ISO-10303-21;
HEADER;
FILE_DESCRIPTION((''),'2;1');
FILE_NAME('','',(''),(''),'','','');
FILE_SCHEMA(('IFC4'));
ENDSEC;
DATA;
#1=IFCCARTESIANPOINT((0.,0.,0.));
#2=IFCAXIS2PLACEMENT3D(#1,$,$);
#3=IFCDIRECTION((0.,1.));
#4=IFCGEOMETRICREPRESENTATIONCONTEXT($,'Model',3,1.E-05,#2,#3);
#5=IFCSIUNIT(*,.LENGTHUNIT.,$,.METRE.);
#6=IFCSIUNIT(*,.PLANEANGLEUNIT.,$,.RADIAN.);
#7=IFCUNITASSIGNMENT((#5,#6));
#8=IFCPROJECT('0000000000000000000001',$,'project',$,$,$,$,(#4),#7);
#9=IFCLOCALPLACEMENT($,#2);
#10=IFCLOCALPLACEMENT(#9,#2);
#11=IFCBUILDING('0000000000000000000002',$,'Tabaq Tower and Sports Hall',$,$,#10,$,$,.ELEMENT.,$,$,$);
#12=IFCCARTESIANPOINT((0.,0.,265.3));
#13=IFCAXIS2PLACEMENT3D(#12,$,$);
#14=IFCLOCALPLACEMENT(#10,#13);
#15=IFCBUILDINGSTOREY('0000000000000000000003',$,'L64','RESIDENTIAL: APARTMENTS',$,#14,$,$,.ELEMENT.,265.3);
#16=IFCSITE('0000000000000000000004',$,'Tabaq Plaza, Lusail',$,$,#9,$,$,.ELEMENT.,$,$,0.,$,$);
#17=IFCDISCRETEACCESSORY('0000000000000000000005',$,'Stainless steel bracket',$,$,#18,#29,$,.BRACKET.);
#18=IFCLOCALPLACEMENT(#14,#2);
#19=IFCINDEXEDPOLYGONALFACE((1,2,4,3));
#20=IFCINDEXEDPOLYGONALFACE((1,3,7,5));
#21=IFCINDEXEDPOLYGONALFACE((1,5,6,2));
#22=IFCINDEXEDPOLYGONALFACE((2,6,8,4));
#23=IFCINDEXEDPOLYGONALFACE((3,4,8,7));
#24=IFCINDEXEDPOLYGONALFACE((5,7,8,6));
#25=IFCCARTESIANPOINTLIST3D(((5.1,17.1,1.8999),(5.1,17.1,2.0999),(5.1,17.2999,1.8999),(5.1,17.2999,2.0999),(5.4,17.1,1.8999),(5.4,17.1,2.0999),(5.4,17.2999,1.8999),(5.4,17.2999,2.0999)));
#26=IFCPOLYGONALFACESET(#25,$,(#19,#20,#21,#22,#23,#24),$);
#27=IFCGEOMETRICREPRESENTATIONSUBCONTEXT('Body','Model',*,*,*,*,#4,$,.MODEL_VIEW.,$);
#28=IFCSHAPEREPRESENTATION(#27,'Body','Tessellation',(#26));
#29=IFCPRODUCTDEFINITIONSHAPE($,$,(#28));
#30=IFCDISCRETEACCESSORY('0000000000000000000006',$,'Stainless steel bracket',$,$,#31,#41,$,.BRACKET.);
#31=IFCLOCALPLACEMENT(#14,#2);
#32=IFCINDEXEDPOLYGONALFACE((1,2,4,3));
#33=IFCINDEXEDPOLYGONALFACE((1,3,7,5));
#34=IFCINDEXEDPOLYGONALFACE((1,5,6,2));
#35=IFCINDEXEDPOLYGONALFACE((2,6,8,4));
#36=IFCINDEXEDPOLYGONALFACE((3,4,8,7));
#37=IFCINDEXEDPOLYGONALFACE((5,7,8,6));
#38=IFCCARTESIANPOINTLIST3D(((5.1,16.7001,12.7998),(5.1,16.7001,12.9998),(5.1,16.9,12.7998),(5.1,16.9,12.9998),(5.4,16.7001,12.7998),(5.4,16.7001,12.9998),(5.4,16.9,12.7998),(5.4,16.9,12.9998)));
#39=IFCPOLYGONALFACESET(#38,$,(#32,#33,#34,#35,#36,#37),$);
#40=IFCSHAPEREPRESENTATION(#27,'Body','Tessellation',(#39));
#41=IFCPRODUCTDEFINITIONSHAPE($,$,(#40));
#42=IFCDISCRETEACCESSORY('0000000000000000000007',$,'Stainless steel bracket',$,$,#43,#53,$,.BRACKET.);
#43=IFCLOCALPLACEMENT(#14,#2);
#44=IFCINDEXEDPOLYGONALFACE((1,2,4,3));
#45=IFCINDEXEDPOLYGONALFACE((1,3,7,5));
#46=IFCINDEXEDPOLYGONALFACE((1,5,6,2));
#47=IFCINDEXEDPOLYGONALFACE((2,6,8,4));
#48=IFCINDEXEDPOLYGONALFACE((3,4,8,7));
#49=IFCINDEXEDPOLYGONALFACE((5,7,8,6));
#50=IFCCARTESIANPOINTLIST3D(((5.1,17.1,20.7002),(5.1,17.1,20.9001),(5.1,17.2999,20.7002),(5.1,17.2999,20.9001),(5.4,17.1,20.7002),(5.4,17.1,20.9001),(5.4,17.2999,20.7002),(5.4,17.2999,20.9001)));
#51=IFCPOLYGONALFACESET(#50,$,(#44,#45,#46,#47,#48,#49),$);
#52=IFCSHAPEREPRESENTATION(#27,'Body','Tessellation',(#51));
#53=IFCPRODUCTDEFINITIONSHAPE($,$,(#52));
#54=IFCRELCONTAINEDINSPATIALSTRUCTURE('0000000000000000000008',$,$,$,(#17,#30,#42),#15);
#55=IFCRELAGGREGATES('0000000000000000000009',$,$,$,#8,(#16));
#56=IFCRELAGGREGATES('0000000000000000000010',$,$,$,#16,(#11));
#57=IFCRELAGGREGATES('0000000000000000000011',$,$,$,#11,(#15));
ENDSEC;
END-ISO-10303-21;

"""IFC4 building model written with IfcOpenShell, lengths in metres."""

from ifc_helpers import new_model, si_unit, direction, frame, origin, origin_2d, place, context, subcontext, project, spatial, rectangle, extrude, element, save


model = new_model("IFC4")

# Units and contexts
model_context = context("Model", 3, precision=1e-05, world=origin(), true_north=direction((0.0, 1.0)))
body_context = subcontext(model_context, "Body", "Model", "MODEL_VIEW")
ifc_project = project(units=[si_unit("LENGTHUNIT", "METRE"), si_unit("PLANEANGLEUNIT", "RADIAN")], contexts=[model_context])

# Site, building, storey
site_placement = place(None, origin())
site = spatial("IfcSite", under=ifc_project, at=site_placement, Name="Tabaq Plaza, Lusail", CompositionType="ELEMENT", RefElevation=0.0)
building_placement = place(site_placement, origin())
building = spatial("IfcBuilding", under=site, at=building_placement, Name="Tabaq Tower and Sports Hall", CompositionType="ELEMENT")
storey_placement = place(building_placement, frame((0.0, 0.0, 265.3)))
storey = spatial("IfcBuildingStorey", under=building, at=storey_placement, Name="L64", Description="RESIDENTIAL: APARTMENTS", CompositionType="ELEMENT", Elevation=265.3)

# Discrete accessories
for number, where, z_axis, x_axis, name in (
    (1, (5.25, 17.2, 1.8999), (0.0, 0.0, 1.0), (0.0, 1.0, 0.0), "Stainless steel bracket"),
    (2, (5.25, 16.8, 12.7998), (0.0, 0.0, 1.0), (0.0, 1.0, 0.0), "Stainless steel bracket"),
    (3, (5.25, 17.2, 20.7002), (0.0, 0.0, 1.0), (0.0, 1.0, 0.0), "Stainless steel bracket"),
):
    element("IfcDiscreteAccessory", number, at=place(storey_placement, frame(where, z_axis=z_axis, x_axis=x_axis)), inside=storey, Name=name, PredefinedType="BRACKET", context=body_context, shape_type="SweptSolid", body=[
        extrude(rectangle(XDim=0.2, YDim=0.3, at=origin_2d()), origin(), (0.0, 0.0, 1.0), 0.2),
    ])

save(model, "model.ifc")
